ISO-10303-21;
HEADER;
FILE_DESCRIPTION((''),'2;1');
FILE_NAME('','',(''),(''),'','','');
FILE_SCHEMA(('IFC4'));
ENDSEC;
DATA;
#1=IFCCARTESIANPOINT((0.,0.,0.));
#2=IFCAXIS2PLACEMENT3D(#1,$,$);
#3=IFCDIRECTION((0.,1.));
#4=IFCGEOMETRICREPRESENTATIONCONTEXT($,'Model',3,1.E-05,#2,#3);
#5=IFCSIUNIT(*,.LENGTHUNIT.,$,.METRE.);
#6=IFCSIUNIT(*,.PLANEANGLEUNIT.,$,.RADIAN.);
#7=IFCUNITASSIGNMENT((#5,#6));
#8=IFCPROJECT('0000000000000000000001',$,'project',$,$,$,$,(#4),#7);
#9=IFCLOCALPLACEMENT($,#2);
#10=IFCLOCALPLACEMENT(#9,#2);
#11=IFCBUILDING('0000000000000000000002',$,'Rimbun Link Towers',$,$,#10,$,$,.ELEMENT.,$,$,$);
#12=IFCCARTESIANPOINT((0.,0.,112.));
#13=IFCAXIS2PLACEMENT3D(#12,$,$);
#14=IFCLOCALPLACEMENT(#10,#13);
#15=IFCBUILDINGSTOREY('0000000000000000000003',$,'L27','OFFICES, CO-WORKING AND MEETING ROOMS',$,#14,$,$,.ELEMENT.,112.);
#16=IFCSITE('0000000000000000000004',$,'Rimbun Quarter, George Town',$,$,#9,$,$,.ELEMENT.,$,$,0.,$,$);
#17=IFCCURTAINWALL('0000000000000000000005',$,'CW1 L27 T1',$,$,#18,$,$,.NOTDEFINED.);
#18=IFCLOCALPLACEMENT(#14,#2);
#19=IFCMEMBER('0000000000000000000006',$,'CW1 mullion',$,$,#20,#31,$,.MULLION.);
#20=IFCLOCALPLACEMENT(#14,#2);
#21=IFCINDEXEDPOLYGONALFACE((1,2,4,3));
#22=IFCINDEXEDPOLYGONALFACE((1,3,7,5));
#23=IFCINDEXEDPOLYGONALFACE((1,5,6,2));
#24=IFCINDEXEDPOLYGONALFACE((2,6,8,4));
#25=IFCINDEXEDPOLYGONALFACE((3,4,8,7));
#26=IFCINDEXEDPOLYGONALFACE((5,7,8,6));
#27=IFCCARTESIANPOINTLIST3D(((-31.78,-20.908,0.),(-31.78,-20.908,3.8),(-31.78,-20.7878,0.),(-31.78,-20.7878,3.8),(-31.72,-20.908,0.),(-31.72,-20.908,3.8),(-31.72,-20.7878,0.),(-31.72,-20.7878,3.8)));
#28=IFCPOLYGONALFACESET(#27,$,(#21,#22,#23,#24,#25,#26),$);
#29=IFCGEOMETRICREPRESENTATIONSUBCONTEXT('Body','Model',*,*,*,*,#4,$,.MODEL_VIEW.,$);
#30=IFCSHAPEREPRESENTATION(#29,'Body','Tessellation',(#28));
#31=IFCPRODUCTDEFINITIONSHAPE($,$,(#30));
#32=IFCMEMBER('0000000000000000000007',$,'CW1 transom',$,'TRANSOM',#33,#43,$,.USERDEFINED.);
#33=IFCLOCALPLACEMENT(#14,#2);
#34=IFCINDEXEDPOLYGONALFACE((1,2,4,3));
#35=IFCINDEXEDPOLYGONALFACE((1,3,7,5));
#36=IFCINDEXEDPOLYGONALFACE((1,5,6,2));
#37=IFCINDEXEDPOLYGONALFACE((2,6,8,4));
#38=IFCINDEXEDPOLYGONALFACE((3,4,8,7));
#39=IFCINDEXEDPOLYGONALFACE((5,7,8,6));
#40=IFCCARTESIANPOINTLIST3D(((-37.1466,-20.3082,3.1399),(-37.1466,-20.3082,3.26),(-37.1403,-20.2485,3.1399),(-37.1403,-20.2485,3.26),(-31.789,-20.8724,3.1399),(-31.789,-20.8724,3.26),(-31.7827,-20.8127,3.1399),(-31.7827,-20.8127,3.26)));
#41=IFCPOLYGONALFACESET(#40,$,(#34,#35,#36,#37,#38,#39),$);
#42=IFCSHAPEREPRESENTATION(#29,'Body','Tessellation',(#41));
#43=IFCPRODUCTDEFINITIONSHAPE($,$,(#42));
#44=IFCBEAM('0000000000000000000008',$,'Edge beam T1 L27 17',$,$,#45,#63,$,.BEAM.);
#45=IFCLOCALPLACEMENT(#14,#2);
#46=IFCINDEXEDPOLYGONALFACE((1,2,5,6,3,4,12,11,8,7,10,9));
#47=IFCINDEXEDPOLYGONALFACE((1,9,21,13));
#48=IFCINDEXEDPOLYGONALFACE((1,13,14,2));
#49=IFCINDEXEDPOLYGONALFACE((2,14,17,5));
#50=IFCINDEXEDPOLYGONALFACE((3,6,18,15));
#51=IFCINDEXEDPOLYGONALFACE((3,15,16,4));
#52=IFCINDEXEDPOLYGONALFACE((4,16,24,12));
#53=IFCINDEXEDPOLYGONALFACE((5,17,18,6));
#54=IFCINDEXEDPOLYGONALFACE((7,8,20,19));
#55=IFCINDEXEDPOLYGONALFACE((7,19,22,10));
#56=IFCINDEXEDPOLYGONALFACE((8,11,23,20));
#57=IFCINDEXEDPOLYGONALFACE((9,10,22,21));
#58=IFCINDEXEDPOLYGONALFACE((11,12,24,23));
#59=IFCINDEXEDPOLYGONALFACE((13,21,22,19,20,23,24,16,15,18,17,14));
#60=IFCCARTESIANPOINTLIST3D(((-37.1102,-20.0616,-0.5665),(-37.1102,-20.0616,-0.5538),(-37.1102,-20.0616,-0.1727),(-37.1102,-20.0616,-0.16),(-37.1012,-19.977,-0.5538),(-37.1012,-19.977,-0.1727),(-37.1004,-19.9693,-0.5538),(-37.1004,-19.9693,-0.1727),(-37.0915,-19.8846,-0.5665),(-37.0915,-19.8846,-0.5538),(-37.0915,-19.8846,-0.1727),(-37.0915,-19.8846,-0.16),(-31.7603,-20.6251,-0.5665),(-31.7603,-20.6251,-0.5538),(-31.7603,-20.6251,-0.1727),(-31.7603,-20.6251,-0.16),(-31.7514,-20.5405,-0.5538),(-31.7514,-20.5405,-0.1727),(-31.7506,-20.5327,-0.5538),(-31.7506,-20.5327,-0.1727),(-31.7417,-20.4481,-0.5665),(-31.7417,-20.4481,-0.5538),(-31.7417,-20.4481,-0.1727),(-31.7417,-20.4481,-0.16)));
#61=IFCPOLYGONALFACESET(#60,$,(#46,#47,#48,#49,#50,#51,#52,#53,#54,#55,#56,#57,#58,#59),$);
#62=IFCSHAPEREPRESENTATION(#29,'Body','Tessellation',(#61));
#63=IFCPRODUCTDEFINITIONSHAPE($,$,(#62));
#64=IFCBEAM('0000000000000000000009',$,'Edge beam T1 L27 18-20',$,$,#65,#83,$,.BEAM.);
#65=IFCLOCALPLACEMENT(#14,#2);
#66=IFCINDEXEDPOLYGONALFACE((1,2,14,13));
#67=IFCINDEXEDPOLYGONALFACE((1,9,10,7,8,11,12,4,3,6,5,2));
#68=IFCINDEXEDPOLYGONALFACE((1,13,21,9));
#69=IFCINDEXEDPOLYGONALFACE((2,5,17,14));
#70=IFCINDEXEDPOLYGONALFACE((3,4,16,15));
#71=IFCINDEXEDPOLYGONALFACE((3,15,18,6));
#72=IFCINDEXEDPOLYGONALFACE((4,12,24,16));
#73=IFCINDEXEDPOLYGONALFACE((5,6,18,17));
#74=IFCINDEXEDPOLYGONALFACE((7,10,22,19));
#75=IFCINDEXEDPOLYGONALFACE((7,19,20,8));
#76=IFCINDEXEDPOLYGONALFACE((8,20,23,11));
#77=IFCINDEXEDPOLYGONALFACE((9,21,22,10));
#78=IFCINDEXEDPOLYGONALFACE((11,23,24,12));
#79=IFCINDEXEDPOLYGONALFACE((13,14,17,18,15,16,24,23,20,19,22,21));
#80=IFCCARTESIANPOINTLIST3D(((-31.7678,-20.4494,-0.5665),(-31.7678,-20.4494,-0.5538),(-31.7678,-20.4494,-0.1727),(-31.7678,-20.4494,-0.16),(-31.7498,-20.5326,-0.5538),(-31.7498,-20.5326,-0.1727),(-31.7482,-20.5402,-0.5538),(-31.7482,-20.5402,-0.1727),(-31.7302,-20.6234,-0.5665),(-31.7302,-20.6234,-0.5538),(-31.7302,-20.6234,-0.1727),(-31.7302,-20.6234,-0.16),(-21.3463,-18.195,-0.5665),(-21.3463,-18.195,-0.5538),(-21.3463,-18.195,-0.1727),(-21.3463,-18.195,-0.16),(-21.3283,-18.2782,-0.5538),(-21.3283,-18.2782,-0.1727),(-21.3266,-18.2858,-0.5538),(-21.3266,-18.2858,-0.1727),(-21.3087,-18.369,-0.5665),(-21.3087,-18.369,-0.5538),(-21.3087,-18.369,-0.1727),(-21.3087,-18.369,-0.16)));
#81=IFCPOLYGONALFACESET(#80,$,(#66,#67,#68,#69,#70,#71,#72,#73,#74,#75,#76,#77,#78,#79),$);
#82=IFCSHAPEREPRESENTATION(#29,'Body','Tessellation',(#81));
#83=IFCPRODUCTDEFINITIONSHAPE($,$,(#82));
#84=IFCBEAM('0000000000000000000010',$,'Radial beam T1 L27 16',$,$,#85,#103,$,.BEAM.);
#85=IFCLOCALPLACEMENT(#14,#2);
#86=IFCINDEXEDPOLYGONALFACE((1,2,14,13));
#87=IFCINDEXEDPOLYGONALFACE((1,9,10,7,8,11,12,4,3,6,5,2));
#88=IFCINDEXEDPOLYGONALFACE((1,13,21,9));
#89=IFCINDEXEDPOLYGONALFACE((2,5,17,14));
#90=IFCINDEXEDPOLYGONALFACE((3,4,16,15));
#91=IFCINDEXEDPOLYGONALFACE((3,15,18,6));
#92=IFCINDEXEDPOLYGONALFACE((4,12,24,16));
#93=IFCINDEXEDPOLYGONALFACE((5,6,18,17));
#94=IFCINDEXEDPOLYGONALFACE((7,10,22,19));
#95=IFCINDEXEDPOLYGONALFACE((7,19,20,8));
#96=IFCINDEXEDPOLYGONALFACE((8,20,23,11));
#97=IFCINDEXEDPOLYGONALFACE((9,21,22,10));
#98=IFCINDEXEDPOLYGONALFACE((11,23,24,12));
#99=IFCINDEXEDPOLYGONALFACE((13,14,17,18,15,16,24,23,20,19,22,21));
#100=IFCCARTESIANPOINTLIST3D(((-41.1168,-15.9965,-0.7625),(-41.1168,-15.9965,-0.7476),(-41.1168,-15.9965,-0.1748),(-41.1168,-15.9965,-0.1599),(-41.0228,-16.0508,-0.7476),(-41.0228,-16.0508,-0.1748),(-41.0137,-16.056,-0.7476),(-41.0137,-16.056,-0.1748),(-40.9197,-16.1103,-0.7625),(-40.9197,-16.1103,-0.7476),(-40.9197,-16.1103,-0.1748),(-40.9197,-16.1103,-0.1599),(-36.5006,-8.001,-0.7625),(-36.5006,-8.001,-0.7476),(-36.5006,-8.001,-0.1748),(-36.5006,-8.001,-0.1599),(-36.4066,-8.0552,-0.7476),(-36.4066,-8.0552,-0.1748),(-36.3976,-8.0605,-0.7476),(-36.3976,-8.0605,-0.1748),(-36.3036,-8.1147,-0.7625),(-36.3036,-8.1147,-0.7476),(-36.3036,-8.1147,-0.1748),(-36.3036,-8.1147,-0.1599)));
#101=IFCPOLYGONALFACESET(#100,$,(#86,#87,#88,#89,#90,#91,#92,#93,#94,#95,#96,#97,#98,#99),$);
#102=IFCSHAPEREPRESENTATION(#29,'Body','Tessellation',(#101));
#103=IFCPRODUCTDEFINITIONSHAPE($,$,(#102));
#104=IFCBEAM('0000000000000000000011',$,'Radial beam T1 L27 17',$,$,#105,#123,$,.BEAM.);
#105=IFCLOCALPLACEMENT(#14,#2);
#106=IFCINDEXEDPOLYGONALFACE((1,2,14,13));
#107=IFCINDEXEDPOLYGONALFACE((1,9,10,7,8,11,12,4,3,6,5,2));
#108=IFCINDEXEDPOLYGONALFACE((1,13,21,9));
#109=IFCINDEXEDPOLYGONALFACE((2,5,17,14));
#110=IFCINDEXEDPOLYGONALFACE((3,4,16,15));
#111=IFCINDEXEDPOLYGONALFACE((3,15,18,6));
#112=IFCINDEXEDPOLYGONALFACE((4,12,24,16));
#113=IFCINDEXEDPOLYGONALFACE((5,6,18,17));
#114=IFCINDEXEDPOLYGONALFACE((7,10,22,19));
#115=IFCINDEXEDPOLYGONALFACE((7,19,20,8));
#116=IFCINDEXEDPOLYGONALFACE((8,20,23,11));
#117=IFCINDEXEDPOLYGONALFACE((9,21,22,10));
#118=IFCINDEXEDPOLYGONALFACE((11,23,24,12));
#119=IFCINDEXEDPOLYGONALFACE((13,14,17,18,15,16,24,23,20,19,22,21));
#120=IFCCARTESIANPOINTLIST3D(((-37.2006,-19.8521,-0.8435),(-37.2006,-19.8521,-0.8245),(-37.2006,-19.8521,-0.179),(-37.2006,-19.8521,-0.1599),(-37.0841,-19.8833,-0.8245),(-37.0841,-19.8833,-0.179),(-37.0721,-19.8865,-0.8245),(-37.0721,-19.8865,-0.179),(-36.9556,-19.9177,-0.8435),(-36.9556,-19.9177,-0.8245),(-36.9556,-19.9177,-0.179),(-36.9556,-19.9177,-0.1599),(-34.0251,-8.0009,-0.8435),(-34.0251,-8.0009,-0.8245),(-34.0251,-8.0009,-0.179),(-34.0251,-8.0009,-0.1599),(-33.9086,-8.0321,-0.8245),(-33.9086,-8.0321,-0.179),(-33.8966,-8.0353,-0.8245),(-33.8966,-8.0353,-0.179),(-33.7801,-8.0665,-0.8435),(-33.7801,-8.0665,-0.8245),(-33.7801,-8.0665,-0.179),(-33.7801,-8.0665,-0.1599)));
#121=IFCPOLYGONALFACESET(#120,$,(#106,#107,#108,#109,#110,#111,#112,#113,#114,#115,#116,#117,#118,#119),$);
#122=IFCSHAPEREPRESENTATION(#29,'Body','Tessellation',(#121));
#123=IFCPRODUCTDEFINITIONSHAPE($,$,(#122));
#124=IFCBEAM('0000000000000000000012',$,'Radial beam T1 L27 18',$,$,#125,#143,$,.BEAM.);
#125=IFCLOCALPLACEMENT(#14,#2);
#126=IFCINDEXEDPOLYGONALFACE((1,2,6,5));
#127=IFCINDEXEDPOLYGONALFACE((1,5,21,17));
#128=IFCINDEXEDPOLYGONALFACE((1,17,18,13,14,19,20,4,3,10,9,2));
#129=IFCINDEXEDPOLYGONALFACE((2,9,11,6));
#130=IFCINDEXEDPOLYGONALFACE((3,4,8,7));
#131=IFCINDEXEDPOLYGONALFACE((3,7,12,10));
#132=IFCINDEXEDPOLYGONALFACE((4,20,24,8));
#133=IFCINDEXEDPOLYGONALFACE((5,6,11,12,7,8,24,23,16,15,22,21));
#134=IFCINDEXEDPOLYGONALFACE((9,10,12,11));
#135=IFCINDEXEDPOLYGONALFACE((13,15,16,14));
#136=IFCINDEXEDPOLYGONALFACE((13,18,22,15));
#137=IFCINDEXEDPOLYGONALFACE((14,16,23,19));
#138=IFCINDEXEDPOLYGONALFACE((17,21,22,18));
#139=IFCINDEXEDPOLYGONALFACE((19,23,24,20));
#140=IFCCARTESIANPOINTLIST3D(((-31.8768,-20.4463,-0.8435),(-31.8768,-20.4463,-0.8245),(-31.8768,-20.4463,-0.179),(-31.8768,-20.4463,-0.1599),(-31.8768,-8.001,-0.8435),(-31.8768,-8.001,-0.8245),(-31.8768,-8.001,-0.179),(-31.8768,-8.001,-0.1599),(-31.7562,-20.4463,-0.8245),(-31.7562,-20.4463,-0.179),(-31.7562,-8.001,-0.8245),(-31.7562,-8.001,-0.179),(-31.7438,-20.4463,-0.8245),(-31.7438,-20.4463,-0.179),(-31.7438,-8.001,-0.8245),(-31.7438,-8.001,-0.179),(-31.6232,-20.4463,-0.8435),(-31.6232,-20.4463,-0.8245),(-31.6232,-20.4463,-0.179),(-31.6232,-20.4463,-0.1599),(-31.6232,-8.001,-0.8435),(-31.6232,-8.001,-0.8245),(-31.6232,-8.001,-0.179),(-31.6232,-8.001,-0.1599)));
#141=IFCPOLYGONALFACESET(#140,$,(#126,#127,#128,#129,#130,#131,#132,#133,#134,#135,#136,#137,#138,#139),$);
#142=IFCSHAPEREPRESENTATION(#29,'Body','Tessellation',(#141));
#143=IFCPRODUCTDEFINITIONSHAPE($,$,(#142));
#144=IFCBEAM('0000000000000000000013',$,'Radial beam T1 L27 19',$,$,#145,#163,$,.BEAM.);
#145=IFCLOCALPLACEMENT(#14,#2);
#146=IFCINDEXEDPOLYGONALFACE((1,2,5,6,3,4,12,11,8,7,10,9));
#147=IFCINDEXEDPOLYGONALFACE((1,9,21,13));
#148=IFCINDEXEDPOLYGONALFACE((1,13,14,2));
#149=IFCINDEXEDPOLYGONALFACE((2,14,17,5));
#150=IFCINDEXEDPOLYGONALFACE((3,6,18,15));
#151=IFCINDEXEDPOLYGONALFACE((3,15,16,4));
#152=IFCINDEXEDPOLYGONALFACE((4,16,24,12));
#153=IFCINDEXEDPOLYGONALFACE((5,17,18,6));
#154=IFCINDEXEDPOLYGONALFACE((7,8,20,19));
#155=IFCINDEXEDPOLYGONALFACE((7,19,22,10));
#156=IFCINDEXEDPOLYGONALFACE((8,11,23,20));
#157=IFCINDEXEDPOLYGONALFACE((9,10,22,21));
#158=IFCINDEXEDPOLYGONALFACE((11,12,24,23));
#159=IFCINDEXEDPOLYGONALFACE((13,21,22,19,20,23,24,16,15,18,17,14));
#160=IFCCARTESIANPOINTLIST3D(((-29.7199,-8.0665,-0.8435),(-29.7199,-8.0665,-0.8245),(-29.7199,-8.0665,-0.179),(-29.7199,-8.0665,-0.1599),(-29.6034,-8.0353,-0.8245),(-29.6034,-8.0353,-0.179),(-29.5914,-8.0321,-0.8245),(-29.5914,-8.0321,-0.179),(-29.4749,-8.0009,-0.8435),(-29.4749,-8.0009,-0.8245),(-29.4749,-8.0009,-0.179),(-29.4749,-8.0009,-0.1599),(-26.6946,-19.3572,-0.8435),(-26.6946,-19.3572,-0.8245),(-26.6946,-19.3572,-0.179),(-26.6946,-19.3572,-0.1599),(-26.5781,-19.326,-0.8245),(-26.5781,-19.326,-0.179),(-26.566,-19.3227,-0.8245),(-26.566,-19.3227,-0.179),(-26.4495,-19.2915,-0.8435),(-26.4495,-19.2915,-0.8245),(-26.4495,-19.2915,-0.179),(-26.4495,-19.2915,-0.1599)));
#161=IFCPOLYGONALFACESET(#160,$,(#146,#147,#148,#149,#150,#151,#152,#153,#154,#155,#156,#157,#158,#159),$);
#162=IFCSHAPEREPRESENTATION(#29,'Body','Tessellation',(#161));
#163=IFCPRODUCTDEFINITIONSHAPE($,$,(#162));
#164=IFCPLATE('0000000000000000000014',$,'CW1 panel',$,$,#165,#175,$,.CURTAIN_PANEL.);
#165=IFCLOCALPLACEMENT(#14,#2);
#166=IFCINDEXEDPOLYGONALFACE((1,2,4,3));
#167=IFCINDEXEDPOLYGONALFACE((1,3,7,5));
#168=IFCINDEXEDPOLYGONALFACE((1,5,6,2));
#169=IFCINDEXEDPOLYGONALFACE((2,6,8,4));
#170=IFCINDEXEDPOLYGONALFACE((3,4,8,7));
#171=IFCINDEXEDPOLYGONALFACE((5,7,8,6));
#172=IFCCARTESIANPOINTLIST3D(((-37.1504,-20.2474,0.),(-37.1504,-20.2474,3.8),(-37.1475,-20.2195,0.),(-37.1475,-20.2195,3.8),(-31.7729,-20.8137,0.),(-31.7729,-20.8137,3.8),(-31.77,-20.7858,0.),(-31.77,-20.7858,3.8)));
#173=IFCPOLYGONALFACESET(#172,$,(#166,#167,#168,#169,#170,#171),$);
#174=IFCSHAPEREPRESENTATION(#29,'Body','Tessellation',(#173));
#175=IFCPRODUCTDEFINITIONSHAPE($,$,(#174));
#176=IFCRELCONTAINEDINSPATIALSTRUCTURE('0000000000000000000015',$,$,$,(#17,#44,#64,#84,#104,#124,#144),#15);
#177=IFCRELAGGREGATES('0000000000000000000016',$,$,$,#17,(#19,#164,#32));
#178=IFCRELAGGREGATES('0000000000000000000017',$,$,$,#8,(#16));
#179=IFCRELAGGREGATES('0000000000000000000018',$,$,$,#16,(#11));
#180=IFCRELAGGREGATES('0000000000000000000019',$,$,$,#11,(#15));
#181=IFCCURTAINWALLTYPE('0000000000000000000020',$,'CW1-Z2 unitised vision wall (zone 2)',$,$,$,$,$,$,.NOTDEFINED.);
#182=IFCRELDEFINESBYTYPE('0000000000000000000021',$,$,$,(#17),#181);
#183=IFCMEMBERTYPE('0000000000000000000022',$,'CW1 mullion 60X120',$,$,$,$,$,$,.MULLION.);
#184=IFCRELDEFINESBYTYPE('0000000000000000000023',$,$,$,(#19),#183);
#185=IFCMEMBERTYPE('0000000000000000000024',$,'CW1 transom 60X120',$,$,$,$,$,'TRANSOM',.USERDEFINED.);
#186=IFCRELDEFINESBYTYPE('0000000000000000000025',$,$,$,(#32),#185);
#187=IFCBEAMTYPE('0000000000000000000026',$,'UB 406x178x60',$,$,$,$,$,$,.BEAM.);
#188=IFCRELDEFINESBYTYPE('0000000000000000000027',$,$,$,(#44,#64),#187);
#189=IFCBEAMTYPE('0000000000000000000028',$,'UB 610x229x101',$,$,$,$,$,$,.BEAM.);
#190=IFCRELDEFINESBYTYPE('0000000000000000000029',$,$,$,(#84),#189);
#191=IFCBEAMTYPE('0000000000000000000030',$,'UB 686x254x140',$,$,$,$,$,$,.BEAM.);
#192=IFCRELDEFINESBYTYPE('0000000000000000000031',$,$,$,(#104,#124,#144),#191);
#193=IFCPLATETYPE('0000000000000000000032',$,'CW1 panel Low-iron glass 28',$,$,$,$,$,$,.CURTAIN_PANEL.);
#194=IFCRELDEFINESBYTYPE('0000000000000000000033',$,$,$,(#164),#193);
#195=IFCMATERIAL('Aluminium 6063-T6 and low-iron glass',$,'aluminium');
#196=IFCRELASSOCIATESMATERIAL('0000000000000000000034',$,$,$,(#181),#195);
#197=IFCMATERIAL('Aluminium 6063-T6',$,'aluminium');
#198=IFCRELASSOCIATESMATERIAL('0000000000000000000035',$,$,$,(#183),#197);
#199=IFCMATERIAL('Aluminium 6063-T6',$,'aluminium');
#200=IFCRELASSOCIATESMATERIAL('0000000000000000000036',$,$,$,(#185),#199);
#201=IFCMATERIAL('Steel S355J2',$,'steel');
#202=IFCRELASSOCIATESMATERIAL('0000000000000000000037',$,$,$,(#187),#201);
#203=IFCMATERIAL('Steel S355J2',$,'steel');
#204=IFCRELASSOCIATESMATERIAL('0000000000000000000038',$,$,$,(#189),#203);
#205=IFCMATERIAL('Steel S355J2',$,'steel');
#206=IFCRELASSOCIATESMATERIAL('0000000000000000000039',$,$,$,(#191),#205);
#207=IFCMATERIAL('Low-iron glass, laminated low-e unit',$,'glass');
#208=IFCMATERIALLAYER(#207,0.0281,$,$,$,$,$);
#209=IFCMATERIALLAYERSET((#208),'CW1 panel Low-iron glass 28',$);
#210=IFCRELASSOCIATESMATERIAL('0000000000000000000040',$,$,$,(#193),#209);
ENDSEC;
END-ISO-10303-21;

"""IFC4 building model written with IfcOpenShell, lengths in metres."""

from ifc_helpers import new_model, si_unit, direction, frame, origin, origin_2d, place, context, subcontext, project, spatial, rectangle, i_section, extrude, material, layer, layer_set, material_profile, profile_set, type_object, element, aggregate, save


model = new_model("IFC4")

# Units and contexts
model_context = context("Model", 3, precision=1e-05, world=origin(), true_north=direction((0.0, 1.0)))
body_context = subcontext(model_context, "Body", "Model", "MODEL_VIEW")
ifc_project = project(units=[si_unit("LENGTHUNIT", "METRE"), si_unit("PLANEANGLEUNIT", "RADIAN")], contexts=[model_context])

# Site, building, storey
site_placement = place(None, origin())
site = spatial("IfcSite", under=ifc_project, at=site_placement, Name="Rimbun Quarter, George Town", CompositionType="ELEMENT", RefElevation=0.0)
building_placement = place(site_placement, origin())
building = spatial("IfcBuilding", under=site, at=building_placement, Name="Rimbun Link Towers", CompositionType="ELEMENT")
storey_placement = place(building_placement, frame((0.0, 0.0, 112.0)))
storey = spatial("IfcBuildingStorey", under=building, at=storey_placement, Name="L27", Description="OFFICES, CO-WORKING AND MEETING ROOMS", CompositionType="ELEMENT", Elevation=112.0)

# Curtain wall, members
ifc_material_1 = material(Name="Aluminium 6063-T6 and low-iron glass", Category="aluminium")
curtain_wall_type = type_object("IfcCurtainWallType", Name="CW1-Z2 unitised vision wall (zone 2)", PredefinedType="NOTDEFINED", material=ifc_material_1)
curtain_wall_placement = place(storey_placement, origin())
curtain_wall = element("IfcCurtainWall", 1, at=curtain_wall_placement, inside=storey, type_object=curtain_wall_type, Name="CW1 L27 T1", PredefinedType="NOTDEFINED")
ifc_material_2 = material(Name="Aluminium 6063-T6", Category="aluminium")
ifc_material_profile_1 = material_profile(ifc_material_2, rectangle(XDim=0.1201, YDim=0.0601, at=origin_2d()), Name="MULLION 60X120")
ifc_profile_set_1 = profile_set([ifc_material_profile_1], Name="Aluminium 6063-T6")
member_type_1 = type_object("IfcMemberType", Name="CW1 mullion 60X120", PredefinedType="MULLION", material=ifc_profile_set_1)
member_1_placement = place(storey_placement, frame((-31.75, -20.8479, 0.0), z_axis=(0.0, 0.0, 1.0), x_axis=(0.0, -1.0, 0.0)))
member_1 = element("IfcMember", 2, at=member_1_placement, type_object=member_type_1, Name="CW1 mullion", PredefinedType="MULLION", context=body_context, shape_type="SweptSolid", body=[
    extrude(rectangle(XDim=0.1201, YDim=0.0601, at=origin_2d()), origin(), (0.0, 0.0, 1.0), 3.8),
])
ifc_material_3 = material(Name="Aluminium 6063-T6", Category="aluminium")
ifc_material_profile_2 = material_profile(ifc_material_3, rectangle(XDim=0.0601, YDim=0.1201, at=origin_2d()), Name="TRANSOM 60X120")
ifc_profile_set_2 = profile_set([ifc_material_profile_2], Name="Aluminium 6063-T6")
member_type_2 = type_object("IfcMemberType", Name="CW1 transom 60X120", ElementType="TRANSOM", PredefinedType="USERDEFINED", material=ifc_profile_set_2)
member_2_placement = place(storey_placement, frame((-31.7859, -20.8425, 3.2), z_axis=(-0.994501, 0.10473, 0.0), x_axis=(-0.10473, -0.994501, 0.0)))
member_2 = element("IfcMember", 3, at=member_2_placement, type_object=member_type_2, Name="CW1 transom", ObjectType="TRANSOM", PredefinedType="USERDEFINED", context=body_context, shape_type="SweptSolid", body=[
    extrude(rectangle(XDim=0.0601, YDim=0.1201, at=origin_2d()), origin(), (0.0, 0.0, 1.0), 5.3872),
])

# Beams
ifc_material_4 = material(Name="Steel S355J2", Category="steel")
ifc_material_profile_3 = material_profile(ifc_material_4, i_section(OverallWidth=0.178, OverallDepth=0.4065, WebThickness=0.0078, FlangeThickness=0.0127, at=origin_2d()), Name="UB 406x178x60")
ifc_profile_set_3 = profile_set([ifc_material_profile_3], Name="Steel S355J2")
beam_type_1 = type_object("IfcBeamType", Name="UB 406x178x60", PredefinedType="BEAM", material=ifc_profile_set_3)
beam_1_placement = place(storey_placement, frame((-37.1008, -19.9731, -0.3633), z_axis=(0.994499, -0.104746, 0.0), x_axis=(0.104746, 0.994499, 0.0)))
element("IfcBeam", 4, at=beam_1_placement, inside=storey, type_object=beam_type_1, Name="Edge beam T1 L27 17", PredefinedType="BEAM", context=body_context, shape_type="SweptSolid", body=[
    extrude(i_section(OverallWidth=0.178, OverallDepth=0.4065, WebThickness=0.0078, FlangeThickness=0.0127, at=origin_2d()), origin(), (0.0, 0.0, 1.0), 5.3794),
])
beam_2_placement = place(storey_placement, frame((-31.749, -20.5364, -0.3633), z_axis=(0.977393, 0.211429, 0.0), x_axis=(-0.211429, 0.977393, 0.0)))
element("IfcBeam", 5, at=beam_2_placement, inside=storey, type_object=beam_type_1, Name="Edge beam T1 L27 18-20", PredefinedType="BEAM", context=body_context, shape_type="SweptSolid", body=[
    extrude(i_section(OverallWidth=0.178, OverallDepth=0.4065, WebThickness=0.0078, FlangeThickness=0.0127, at=origin_2d()), origin(), (0.0, 0.0, 1.0), 10.6626),
])
ifc_material_5 = material(Name="Steel S355J2", Category="steel")
ifc_material_profile_4 = material_profile(ifc_material_5, i_section(OverallWidth=0.2275, OverallDepth=0.6025, WebThickness=0.0105, FlangeThickness=0.0149, at=origin_2d()), Name="UB 610x229x101")
ifc_profile_set_4 = profile_set([ifc_material_profile_4], Name="Steel S355J2")
beam_type_2 = type_object("IfcBeamType", Name="UB 610x229x101", PredefinedType="BEAM", material=ifc_profile_set_4)
beam_3_placement = place(storey_placement, frame((-36.4021, -8.0579, -0.4612), z_axis=(-0.499996, -0.866028, 0.0), x_axis=(0.866028, -0.499996, 0.0)))
element("IfcBeam", 6, at=beam_3_placement, inside=storey, type_object=beam_type_2, Name="Radial beam T1 L27 16", PredefinedType="BEAM", context=body_context, shape_type="SweptSolid", body=[
    extrude(i_section(OverallWidth=0.2275, OverallDepth=0.6025, WebThickness=0.0105, FlangeThickness=0.0149, at=origin_2d()), origin(), (0.0, 0.0, 1.0), 9.2324),
])
ifc_material_6 = material(Name="Steel S355J2", Category="steel")
ifc_material_profile_5 = material_profile(ifc_material_6, i_section(OverallWidth=0.2537, OverallDepth=0.6836, WebThickness=0.0125, FlangeThickness=0.019, at=origin_2d()), Name="UB 686x254x140")
ifc_profile_set_5 = profile_set([ifc_material_profile_5], Name="Steel S355J2")
beam_type_3 = type_object("IfcBeamType", Name="UB 686x254x140", PredefinedType="BEAM", material=ifc_profile_set_5)
beam_4_placement = place(storey_placement, frame((-33.9026, -8.0337, -0.5017), z_axis=(-0.258818, -0.965926, 0.0), x_axis=(0.965926, -0.258818, 0.0)))
element("IfcBeam", 7, at=beam_4_placement, inside=storey, type_object=beam_type_3, Name="Radial beam T1 L27 17", PredefinedType="BEAM", context=body_context, shape_type="SweptSolid", body=[
    extrude(i_section(OverallWidth=0.2537, OverallDepth=0.6836, WebThickness=0.0125, FlangeThickness=0.019, at=origin_2d()), origin(), (0.0, 0.0, 1.0), 12.2693),
])
beam_5_placement = place(storey_placement, frame((-31.75, -8.001, -0.5017), z_axis=(0.0, -1.0, 0.0), x_axis=(1.0, 0.0, 0.0)))
element("IfcBeam", 8, at=beam_5_placement, inside=storey, type_object=beam_type_3, Name="Radial beam T1 L27 18", PredefinedType="BEAM", context=body_context, shape_type="SweptSolid", body=[
    extrude(i_section(OverallWidth=0.2537, OverallDepth=0.6836, WebThickness=0.0125, FlangeThickness=0.019, at=origin_2d()), origin(), (0.0, 0.0, 1.0), 12.4453),
])
beam_6_placement = place(storey_placement, frame((-29.5974, -8.0337, -0.5017), z_axis=(0.258822, -0.965925, 0.0), x_axis=(0.965925, 0.258822, 0.0)))
element("IfcBeam", 9, at=beam_6_placement, inside=storey, type_object=beam_type_3, Name="Radial beam T1 L27 19", PredefinedType="BEAM", context=body_context, shape_type="SweptSolid", body=[
    extrude(i_section(OverallWidth=0.2537, OverallDepth=0.6836, WebThickness=0.0125, FlangeThickness=0.019, at=origin_2d()), origin(), (0.0, 0.0, 1.0), 11.689),
])

# Plate
ifc_material_7 = material(Name="Low-iron glass, laminated low-e unit", Category="glass")
ifc_layer_1 = layer(ifc_material_7, 0.0281)
ifc_layer_set_1 = layer_set([ifc_layer_1], Name="CW1 panel Low-iron glass 28")
plate_type = type_object("IfcPlateType", Name="CW1 panel Low-iron glass 28", PredefinedType="CURTAIN_PANEL", material=ifc_layer_set_1)
plate_placement = place(storey_placement, frame((-34.4602, -20.5166, 0.0), z_axis=(0.0, 0.0, 1.0), x_axis=(-0.994501, 0.104732, 0.0)))
plate = element("IfcPlate", 10, at=plate_placement, type_object=plate_type, Name="CW1 panel", PredefinedType="CURTAIN_PANEL", context=body_context, shape_type="SweptSolid", body=[
    extrude(rectangle(XDim=5.4072, YDim=0.0281, at=origin_2d()), origin(), (0.0, 0.0, 1.0), 3.8),
])
aggregate(curtain_wall, [member_1, plate, member_2])

save(model, "model.ifc")
